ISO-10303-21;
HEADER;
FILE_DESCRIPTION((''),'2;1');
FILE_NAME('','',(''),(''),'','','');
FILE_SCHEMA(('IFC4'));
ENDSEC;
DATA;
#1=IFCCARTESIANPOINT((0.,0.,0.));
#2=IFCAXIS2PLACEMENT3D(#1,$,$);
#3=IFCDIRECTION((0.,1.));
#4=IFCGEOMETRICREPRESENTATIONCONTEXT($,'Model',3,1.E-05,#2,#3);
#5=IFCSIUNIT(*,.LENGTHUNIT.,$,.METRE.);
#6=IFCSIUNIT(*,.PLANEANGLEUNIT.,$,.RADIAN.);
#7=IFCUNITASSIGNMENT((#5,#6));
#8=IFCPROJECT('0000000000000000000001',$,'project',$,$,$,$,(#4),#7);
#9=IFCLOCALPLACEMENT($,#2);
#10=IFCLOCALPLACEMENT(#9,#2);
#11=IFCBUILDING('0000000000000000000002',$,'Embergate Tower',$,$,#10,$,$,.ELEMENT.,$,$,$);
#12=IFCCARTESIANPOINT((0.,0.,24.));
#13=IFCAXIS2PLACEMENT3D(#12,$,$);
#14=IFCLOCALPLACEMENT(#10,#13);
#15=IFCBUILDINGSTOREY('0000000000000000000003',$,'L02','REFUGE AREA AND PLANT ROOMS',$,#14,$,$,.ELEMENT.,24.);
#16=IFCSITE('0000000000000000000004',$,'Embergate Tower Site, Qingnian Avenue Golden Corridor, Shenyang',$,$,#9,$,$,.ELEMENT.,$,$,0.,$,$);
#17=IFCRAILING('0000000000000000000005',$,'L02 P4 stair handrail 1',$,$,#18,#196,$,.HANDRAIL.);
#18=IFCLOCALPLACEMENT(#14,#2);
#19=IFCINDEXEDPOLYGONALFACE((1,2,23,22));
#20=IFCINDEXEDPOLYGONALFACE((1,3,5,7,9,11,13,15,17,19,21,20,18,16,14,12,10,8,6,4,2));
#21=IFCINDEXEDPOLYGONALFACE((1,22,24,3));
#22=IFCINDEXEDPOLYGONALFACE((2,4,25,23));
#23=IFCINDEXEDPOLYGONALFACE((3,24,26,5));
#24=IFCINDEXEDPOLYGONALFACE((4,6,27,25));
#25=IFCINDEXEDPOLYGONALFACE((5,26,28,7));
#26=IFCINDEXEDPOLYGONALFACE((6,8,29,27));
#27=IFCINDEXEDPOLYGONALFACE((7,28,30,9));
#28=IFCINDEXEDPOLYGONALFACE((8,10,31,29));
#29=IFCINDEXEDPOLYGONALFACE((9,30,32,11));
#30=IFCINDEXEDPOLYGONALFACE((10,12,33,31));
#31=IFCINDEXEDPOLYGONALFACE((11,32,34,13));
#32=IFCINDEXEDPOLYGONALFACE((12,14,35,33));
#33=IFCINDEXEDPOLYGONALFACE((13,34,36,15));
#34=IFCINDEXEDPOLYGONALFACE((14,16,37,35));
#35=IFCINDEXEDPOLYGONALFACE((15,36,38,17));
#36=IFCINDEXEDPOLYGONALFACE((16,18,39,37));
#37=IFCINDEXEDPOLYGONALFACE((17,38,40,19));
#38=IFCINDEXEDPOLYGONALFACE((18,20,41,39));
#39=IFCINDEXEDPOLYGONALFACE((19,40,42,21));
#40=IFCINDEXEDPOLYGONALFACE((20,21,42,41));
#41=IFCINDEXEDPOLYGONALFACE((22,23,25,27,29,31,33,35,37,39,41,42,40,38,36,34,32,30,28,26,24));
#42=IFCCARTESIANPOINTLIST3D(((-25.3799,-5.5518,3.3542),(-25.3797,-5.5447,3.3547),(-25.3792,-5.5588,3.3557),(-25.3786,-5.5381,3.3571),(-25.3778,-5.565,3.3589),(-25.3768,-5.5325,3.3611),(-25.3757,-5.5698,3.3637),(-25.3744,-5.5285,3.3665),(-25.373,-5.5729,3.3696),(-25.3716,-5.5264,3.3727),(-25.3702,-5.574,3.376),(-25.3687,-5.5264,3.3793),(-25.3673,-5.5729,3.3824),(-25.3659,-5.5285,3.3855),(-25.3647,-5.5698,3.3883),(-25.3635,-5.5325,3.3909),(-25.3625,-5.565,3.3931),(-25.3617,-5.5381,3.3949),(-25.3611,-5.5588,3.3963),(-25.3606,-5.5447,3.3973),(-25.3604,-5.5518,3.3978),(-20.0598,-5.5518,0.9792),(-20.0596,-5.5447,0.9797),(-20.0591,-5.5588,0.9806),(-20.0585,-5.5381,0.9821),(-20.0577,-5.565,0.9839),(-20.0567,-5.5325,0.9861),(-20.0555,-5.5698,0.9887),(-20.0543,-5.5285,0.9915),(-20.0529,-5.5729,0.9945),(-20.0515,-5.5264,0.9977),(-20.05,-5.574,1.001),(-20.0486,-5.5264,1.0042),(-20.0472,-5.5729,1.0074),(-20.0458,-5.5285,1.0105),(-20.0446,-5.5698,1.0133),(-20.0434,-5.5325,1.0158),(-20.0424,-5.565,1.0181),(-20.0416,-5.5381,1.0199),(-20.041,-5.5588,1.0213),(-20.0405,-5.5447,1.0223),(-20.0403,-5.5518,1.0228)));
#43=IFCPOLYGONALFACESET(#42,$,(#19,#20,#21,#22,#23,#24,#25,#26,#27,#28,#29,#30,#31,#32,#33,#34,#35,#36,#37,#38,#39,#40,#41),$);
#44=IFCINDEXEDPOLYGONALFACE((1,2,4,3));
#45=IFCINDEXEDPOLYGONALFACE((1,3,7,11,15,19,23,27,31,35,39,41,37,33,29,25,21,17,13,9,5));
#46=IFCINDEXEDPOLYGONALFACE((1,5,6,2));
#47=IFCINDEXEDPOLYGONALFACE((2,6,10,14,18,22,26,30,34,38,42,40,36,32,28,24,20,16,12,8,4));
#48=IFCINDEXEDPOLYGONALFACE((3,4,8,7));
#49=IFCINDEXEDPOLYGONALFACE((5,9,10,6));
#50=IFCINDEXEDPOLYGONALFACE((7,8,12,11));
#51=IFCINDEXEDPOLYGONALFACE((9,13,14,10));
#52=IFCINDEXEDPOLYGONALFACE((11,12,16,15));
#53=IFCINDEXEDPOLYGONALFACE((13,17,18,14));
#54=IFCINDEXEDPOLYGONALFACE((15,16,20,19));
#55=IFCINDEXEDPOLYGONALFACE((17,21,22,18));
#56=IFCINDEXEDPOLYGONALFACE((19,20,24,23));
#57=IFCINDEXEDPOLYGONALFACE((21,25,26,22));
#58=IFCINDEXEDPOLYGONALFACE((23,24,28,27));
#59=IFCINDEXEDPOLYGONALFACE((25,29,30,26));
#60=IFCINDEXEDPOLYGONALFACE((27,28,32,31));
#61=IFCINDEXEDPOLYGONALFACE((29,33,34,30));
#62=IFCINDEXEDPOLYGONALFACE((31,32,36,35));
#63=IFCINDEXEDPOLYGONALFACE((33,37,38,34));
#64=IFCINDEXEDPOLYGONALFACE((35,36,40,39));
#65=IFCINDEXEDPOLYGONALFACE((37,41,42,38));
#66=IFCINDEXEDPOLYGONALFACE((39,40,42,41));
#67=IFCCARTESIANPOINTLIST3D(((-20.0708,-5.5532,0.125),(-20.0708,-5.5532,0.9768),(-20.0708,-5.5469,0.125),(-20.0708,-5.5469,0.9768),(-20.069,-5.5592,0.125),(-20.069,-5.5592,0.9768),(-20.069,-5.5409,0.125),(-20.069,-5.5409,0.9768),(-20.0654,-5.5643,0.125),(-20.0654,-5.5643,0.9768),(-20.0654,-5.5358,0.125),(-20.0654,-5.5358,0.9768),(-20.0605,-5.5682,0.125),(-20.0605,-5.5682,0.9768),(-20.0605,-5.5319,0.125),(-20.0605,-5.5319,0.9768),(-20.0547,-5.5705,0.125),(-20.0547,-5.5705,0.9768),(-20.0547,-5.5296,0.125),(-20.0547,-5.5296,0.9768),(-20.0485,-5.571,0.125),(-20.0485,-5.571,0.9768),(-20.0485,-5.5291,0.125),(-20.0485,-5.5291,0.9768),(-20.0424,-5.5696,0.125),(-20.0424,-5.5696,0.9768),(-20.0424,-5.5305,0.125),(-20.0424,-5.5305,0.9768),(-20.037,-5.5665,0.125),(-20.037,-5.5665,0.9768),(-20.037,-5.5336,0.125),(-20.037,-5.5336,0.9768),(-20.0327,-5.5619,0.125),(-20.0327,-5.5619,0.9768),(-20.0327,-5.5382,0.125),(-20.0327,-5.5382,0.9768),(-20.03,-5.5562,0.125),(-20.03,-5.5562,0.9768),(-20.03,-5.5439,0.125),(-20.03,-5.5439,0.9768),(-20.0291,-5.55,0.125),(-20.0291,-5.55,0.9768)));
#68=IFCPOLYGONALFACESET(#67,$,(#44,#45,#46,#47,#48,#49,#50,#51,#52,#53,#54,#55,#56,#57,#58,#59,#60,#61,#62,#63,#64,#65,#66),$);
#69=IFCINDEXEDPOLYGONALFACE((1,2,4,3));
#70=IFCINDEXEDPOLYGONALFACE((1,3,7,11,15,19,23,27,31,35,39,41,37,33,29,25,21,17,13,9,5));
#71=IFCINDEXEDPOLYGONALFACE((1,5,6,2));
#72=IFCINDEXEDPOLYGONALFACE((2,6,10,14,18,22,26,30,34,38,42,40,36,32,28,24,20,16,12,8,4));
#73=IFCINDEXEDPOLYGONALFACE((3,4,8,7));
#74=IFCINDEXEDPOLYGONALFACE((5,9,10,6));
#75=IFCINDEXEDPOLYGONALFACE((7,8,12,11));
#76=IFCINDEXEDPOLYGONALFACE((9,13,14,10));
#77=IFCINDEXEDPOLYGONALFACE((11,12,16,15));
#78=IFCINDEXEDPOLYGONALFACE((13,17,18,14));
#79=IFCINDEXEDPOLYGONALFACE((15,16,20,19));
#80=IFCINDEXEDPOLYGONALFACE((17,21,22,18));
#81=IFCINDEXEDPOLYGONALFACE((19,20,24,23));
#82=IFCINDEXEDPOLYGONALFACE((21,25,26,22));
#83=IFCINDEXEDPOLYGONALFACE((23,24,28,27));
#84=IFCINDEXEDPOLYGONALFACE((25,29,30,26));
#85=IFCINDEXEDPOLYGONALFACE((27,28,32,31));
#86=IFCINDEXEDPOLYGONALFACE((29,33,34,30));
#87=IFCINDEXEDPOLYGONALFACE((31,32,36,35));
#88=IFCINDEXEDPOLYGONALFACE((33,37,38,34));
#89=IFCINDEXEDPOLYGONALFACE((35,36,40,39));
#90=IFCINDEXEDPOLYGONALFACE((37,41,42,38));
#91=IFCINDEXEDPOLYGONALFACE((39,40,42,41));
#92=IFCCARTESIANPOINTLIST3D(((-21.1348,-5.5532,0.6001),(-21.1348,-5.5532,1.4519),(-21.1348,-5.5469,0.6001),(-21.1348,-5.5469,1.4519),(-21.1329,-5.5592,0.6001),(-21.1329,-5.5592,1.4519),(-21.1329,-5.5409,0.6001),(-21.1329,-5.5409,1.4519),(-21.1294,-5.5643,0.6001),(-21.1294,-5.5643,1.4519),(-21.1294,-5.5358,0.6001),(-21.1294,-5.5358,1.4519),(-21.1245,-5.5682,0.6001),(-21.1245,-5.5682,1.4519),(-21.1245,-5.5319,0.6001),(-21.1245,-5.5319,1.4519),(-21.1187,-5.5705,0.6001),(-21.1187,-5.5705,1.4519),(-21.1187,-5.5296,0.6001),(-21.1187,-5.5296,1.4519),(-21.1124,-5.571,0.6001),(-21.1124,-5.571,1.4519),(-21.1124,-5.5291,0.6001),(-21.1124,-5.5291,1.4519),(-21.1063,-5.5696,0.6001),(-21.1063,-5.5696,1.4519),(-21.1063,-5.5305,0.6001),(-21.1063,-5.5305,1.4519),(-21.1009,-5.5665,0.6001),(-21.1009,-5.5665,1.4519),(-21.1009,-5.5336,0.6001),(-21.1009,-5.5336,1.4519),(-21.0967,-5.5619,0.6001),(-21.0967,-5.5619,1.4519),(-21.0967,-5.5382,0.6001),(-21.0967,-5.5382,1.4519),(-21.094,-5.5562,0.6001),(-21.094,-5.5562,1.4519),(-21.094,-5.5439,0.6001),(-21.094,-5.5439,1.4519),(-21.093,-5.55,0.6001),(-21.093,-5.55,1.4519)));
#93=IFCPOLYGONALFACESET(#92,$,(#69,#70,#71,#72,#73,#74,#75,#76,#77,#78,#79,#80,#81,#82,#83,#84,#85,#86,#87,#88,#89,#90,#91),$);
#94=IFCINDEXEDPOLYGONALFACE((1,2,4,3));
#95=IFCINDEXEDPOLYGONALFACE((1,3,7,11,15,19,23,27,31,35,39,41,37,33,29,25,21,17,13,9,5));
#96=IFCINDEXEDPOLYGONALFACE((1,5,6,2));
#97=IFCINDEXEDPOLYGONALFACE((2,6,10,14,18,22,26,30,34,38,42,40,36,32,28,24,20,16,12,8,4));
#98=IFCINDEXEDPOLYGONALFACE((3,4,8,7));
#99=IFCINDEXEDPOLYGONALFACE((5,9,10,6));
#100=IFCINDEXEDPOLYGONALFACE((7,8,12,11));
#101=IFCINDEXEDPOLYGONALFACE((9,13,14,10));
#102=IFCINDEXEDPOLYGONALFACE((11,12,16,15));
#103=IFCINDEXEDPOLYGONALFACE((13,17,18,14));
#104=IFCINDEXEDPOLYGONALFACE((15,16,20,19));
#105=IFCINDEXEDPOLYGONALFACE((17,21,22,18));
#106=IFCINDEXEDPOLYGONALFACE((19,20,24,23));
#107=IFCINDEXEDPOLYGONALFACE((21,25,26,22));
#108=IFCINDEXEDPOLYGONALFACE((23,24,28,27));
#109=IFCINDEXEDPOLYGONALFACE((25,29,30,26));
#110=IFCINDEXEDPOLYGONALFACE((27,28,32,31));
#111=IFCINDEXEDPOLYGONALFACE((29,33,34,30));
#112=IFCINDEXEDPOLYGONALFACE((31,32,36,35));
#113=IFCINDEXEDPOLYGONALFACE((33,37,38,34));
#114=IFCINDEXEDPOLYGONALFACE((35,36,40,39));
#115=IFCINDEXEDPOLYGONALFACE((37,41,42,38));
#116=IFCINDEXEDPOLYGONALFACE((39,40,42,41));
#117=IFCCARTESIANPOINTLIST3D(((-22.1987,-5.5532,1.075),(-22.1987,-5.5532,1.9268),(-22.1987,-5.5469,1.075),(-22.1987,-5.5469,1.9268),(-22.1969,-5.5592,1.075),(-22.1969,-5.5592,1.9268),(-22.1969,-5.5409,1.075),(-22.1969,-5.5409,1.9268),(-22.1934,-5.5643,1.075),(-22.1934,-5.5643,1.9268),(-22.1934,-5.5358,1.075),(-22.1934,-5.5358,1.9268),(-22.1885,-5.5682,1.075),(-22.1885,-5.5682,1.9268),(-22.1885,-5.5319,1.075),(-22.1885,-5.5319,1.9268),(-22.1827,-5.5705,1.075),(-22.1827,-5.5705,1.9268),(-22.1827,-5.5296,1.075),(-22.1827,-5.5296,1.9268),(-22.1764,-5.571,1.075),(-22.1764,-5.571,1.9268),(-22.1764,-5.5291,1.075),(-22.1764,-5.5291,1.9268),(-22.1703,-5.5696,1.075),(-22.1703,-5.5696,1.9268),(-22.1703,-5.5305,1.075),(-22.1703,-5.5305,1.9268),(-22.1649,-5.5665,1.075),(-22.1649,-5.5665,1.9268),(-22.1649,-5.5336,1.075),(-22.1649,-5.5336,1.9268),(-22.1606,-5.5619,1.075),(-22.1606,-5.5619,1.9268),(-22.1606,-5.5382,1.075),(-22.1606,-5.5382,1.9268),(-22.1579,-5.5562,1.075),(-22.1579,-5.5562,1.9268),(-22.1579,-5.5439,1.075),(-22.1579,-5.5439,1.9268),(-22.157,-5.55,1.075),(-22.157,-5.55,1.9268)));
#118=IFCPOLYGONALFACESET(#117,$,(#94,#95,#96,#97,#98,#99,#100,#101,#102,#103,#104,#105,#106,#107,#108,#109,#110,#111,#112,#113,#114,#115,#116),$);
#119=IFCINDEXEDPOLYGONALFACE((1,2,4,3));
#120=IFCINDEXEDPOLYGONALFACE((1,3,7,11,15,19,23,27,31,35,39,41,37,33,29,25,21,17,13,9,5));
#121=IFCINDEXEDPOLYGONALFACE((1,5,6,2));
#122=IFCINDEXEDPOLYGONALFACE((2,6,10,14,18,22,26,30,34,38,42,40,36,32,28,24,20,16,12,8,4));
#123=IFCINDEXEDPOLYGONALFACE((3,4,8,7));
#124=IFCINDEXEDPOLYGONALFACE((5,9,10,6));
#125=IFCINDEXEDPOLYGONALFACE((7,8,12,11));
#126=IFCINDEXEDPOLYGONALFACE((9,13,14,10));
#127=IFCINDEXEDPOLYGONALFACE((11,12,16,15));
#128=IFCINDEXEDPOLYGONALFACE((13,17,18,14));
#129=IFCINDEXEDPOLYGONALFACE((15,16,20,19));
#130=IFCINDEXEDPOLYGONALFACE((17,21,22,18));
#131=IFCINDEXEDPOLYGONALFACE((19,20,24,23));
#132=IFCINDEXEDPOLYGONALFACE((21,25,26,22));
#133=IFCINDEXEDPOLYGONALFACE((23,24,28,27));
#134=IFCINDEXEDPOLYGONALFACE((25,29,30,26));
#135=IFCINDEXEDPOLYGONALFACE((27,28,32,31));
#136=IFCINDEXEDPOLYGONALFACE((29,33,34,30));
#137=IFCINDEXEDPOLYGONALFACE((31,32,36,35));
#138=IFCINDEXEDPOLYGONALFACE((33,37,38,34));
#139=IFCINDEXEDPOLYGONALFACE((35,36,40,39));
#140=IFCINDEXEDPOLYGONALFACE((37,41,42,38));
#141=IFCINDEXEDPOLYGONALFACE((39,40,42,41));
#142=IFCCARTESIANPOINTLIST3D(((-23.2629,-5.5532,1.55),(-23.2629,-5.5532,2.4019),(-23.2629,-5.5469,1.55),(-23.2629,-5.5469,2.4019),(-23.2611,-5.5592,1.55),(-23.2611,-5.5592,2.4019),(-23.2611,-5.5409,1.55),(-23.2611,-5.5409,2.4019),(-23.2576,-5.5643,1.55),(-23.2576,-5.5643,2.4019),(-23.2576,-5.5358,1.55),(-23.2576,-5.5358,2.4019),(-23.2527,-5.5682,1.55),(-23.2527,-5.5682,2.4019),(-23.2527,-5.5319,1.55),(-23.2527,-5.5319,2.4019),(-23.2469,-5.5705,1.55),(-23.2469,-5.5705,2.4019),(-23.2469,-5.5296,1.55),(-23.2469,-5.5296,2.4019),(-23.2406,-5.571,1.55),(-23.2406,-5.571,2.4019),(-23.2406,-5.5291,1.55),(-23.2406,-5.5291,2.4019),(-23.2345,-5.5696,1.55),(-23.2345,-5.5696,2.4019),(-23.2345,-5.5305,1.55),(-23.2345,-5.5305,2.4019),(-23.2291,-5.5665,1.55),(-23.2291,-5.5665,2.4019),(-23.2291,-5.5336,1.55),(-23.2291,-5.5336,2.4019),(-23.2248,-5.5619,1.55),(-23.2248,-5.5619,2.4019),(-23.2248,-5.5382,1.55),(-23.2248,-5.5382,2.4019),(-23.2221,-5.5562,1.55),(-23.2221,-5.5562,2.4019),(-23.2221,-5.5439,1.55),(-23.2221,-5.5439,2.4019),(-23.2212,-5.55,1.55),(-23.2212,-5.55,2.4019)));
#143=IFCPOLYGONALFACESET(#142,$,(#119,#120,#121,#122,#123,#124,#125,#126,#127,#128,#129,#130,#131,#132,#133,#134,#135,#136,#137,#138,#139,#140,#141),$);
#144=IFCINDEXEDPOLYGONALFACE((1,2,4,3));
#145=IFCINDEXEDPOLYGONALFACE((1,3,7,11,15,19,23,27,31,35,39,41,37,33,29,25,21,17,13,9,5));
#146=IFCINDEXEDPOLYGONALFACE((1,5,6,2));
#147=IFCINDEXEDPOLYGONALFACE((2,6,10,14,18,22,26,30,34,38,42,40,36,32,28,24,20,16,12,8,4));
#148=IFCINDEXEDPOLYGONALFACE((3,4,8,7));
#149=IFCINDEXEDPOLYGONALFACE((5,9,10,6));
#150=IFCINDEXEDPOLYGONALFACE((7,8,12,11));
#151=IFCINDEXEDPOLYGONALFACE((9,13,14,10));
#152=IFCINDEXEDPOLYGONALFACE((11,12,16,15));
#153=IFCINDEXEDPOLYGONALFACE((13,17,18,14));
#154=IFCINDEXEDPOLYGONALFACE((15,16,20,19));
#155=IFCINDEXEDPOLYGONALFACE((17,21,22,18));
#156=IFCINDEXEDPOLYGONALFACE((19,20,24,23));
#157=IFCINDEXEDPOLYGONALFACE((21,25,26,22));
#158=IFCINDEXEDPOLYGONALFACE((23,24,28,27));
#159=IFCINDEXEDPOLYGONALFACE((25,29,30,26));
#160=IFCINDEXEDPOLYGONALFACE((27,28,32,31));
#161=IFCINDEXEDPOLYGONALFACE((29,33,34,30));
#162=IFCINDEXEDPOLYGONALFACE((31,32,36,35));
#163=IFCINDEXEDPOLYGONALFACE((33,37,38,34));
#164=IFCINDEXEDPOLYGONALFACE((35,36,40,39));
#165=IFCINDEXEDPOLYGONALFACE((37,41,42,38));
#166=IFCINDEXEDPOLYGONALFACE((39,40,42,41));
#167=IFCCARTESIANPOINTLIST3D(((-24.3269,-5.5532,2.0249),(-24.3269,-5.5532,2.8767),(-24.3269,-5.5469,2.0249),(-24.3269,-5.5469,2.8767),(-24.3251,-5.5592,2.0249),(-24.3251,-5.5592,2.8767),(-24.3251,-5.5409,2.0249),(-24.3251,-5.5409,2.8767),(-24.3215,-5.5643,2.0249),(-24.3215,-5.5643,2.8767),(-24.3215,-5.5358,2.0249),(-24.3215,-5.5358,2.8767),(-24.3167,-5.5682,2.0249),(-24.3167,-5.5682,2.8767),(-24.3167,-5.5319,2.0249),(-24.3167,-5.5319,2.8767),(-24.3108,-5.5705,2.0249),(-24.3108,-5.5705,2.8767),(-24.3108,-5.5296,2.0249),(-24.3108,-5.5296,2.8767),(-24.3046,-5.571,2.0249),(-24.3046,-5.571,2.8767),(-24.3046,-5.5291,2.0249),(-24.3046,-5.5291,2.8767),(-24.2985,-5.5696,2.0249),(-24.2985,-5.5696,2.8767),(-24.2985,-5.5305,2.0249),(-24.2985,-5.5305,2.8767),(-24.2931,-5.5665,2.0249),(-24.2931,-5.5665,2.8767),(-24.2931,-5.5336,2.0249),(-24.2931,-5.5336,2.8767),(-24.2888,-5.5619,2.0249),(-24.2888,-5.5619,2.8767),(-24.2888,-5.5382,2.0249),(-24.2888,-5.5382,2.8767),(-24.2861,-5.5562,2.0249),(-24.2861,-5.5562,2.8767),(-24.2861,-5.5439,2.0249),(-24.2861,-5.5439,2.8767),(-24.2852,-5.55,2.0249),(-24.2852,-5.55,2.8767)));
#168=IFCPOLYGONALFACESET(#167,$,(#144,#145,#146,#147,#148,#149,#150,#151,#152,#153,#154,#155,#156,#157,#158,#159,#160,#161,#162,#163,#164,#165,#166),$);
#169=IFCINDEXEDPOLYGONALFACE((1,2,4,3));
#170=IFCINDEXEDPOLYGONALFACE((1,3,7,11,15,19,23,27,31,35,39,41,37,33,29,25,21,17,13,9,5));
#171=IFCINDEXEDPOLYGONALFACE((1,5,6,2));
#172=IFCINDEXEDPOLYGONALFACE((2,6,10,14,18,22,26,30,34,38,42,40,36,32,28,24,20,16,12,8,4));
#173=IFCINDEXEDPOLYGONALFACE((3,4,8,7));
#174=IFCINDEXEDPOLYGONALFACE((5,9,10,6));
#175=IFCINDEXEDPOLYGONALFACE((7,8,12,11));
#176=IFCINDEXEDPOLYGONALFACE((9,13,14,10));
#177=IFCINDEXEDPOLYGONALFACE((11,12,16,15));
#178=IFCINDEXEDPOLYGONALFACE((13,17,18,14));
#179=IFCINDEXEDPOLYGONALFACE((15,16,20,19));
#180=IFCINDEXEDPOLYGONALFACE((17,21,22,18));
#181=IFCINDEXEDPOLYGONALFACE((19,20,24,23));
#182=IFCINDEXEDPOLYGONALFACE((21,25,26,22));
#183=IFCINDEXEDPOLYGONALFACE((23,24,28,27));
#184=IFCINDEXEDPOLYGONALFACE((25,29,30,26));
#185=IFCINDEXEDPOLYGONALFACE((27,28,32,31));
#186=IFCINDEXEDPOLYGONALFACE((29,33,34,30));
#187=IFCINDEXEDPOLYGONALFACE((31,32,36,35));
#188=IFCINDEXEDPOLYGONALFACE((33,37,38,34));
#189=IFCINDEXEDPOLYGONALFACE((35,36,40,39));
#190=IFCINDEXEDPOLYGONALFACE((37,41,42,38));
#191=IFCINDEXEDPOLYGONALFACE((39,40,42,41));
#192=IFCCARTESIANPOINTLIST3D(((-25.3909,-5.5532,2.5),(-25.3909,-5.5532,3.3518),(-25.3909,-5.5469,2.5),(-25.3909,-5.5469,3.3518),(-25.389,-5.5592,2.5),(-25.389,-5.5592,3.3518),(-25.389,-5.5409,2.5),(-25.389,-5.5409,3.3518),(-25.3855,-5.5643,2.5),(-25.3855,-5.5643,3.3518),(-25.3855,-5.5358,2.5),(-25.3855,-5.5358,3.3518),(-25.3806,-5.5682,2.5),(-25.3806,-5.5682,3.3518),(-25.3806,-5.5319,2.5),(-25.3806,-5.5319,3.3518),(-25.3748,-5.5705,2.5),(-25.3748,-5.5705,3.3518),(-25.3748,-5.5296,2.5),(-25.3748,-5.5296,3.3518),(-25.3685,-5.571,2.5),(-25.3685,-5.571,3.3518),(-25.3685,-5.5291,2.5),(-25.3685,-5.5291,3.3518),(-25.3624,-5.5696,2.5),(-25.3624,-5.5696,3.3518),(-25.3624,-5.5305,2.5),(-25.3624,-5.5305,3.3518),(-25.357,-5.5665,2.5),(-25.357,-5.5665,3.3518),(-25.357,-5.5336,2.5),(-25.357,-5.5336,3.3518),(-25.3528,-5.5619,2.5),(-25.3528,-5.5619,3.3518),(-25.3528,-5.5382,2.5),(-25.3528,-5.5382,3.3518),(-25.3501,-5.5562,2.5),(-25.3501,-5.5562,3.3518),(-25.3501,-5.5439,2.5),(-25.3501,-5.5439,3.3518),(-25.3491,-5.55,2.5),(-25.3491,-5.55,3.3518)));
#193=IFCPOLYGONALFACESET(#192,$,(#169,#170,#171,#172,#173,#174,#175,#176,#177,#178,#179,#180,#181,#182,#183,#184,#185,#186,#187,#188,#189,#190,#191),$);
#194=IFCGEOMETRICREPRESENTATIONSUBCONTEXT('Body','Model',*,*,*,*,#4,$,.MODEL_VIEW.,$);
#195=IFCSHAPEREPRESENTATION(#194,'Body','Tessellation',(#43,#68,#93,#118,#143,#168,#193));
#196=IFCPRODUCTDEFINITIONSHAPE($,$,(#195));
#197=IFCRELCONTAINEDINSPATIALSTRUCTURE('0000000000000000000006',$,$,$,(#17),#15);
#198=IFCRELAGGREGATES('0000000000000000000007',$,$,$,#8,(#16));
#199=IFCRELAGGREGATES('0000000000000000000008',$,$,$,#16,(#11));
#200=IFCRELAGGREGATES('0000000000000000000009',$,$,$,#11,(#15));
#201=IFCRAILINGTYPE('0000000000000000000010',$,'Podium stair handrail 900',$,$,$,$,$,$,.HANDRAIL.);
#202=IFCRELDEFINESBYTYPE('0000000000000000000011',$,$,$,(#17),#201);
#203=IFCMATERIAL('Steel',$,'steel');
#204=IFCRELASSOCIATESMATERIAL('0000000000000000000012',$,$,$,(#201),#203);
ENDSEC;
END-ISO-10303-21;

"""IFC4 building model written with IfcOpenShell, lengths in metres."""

from ifc_helpers import new_model, si_unit, direction, frame, origin, origin_2d, place, context, subcontext, project, spatial, circle, extrude, source, transform, mapped, material, type_object, element, save


model = new_model("IFC4")

# Units and contexts
model_context = context("Model", 3, precision=1e-05, world=origin(), true_north=direction((0.0, 1.0)))
body_context = subcontext(model_context, "Body", "Model", "MODEL_VIEW")
ifc_project = project(units=[si_unit("LENGTHUNIT", "METRE"), si_unit("PLANEANGLEUNIT", "RADIAN")], contexts=[model_context])

# Site, building, storey
site_placement = place(None, origin())
site = spatial("IfcSite", under=ifc_project, at=site_placement, Name="Embergate Tower Site, Qingnian Avenue Golden Corridor, Shenyang", CompositionType="ELEMENT", RefElevation=0.0)
building_placement = place(site_placement, origin())
building = spatial("IfcBuilding", under=site, at=building_placement, Name="Embergate Tower", CompositionType="ELEMENT")
storey_placement = place(building_placement, frame((0.0, 0.0, 24.0)))
storey = spatial("IfcBuildingStorey", under=building, at=storey_placement, Name="L02", Description="REFUGE AREA AND PLANT ROOMS", CompositionType="ELEMENT", Elevation=24.0)

# Railing
ifc_material_1 = material(Name="Steel", Category="steel")
railing_type_1 = type_object("IfcRailingType", Name="Podium stair handrail 900", PredefinedType="HANDRAIL", material=ifc_material_1)
shared_shape_1 = source(origin(), body_context, "Body", "SweptSolid", [
    extrude(circle(Radius=0.0239, at=origin_2d()), frame((0.0, 0.0, 0.876), z_axis=(-0.91314, 0.0, 0.407646), x_axis=(0.0, -1.0, 0.0)), (0.0, 0.0, 1.0), 5.8262),
    extrude(circle(Radius=0.021, at=origin_2d()), origin(), (0.0, 0.0, 1.0), 0.8518),
    extrude(circle(Radius=0.021, at=origin_2d()), frame((-1.064, 0.0, 0.4751)), (0.0, 0.0, 1.0), 0.8518),
    extrude(circle(Radius=0.021, at=origin_2d()), frame((-2.1279, 0.0, 0.95)), (0.0, 0.0, 1.0), 0.8518),
    extrude(circle(Radius=0.021, at=origin_2d()), frame((-3.1921, 0.0, 1.425)), (0.0, 0.0, 1.0), 0.8518),
    extrude(circle(Radius=0.021, at=origin_2d()), frame((-4.2561, 0.0, 1.8999)), (0.0, 0.0, 1.0), 0.8518),
    extrude(circle(Radius=0.021, at=origin_2d()), frame((-5.3201, 0.0, 2.375)), (0.0, 0.0, 1.0), 0.8518),
])
railing_1_placement = place(storey_placement, frame((-20.05, -5.55, 0.125)))
element("IfcRailing", 1, at=railing_1_placement, inside=storey, type_object=railing_type_1, Name="L02 P4 stair handrail 1", PredefinedType="HANDRAIL", context=body_context, shape_type="MappedRepresentation", body=[
    mapped(shared_shape_1, transform((0.0, 0.0, 0.0))),
])

save(model, "model.ifc")
